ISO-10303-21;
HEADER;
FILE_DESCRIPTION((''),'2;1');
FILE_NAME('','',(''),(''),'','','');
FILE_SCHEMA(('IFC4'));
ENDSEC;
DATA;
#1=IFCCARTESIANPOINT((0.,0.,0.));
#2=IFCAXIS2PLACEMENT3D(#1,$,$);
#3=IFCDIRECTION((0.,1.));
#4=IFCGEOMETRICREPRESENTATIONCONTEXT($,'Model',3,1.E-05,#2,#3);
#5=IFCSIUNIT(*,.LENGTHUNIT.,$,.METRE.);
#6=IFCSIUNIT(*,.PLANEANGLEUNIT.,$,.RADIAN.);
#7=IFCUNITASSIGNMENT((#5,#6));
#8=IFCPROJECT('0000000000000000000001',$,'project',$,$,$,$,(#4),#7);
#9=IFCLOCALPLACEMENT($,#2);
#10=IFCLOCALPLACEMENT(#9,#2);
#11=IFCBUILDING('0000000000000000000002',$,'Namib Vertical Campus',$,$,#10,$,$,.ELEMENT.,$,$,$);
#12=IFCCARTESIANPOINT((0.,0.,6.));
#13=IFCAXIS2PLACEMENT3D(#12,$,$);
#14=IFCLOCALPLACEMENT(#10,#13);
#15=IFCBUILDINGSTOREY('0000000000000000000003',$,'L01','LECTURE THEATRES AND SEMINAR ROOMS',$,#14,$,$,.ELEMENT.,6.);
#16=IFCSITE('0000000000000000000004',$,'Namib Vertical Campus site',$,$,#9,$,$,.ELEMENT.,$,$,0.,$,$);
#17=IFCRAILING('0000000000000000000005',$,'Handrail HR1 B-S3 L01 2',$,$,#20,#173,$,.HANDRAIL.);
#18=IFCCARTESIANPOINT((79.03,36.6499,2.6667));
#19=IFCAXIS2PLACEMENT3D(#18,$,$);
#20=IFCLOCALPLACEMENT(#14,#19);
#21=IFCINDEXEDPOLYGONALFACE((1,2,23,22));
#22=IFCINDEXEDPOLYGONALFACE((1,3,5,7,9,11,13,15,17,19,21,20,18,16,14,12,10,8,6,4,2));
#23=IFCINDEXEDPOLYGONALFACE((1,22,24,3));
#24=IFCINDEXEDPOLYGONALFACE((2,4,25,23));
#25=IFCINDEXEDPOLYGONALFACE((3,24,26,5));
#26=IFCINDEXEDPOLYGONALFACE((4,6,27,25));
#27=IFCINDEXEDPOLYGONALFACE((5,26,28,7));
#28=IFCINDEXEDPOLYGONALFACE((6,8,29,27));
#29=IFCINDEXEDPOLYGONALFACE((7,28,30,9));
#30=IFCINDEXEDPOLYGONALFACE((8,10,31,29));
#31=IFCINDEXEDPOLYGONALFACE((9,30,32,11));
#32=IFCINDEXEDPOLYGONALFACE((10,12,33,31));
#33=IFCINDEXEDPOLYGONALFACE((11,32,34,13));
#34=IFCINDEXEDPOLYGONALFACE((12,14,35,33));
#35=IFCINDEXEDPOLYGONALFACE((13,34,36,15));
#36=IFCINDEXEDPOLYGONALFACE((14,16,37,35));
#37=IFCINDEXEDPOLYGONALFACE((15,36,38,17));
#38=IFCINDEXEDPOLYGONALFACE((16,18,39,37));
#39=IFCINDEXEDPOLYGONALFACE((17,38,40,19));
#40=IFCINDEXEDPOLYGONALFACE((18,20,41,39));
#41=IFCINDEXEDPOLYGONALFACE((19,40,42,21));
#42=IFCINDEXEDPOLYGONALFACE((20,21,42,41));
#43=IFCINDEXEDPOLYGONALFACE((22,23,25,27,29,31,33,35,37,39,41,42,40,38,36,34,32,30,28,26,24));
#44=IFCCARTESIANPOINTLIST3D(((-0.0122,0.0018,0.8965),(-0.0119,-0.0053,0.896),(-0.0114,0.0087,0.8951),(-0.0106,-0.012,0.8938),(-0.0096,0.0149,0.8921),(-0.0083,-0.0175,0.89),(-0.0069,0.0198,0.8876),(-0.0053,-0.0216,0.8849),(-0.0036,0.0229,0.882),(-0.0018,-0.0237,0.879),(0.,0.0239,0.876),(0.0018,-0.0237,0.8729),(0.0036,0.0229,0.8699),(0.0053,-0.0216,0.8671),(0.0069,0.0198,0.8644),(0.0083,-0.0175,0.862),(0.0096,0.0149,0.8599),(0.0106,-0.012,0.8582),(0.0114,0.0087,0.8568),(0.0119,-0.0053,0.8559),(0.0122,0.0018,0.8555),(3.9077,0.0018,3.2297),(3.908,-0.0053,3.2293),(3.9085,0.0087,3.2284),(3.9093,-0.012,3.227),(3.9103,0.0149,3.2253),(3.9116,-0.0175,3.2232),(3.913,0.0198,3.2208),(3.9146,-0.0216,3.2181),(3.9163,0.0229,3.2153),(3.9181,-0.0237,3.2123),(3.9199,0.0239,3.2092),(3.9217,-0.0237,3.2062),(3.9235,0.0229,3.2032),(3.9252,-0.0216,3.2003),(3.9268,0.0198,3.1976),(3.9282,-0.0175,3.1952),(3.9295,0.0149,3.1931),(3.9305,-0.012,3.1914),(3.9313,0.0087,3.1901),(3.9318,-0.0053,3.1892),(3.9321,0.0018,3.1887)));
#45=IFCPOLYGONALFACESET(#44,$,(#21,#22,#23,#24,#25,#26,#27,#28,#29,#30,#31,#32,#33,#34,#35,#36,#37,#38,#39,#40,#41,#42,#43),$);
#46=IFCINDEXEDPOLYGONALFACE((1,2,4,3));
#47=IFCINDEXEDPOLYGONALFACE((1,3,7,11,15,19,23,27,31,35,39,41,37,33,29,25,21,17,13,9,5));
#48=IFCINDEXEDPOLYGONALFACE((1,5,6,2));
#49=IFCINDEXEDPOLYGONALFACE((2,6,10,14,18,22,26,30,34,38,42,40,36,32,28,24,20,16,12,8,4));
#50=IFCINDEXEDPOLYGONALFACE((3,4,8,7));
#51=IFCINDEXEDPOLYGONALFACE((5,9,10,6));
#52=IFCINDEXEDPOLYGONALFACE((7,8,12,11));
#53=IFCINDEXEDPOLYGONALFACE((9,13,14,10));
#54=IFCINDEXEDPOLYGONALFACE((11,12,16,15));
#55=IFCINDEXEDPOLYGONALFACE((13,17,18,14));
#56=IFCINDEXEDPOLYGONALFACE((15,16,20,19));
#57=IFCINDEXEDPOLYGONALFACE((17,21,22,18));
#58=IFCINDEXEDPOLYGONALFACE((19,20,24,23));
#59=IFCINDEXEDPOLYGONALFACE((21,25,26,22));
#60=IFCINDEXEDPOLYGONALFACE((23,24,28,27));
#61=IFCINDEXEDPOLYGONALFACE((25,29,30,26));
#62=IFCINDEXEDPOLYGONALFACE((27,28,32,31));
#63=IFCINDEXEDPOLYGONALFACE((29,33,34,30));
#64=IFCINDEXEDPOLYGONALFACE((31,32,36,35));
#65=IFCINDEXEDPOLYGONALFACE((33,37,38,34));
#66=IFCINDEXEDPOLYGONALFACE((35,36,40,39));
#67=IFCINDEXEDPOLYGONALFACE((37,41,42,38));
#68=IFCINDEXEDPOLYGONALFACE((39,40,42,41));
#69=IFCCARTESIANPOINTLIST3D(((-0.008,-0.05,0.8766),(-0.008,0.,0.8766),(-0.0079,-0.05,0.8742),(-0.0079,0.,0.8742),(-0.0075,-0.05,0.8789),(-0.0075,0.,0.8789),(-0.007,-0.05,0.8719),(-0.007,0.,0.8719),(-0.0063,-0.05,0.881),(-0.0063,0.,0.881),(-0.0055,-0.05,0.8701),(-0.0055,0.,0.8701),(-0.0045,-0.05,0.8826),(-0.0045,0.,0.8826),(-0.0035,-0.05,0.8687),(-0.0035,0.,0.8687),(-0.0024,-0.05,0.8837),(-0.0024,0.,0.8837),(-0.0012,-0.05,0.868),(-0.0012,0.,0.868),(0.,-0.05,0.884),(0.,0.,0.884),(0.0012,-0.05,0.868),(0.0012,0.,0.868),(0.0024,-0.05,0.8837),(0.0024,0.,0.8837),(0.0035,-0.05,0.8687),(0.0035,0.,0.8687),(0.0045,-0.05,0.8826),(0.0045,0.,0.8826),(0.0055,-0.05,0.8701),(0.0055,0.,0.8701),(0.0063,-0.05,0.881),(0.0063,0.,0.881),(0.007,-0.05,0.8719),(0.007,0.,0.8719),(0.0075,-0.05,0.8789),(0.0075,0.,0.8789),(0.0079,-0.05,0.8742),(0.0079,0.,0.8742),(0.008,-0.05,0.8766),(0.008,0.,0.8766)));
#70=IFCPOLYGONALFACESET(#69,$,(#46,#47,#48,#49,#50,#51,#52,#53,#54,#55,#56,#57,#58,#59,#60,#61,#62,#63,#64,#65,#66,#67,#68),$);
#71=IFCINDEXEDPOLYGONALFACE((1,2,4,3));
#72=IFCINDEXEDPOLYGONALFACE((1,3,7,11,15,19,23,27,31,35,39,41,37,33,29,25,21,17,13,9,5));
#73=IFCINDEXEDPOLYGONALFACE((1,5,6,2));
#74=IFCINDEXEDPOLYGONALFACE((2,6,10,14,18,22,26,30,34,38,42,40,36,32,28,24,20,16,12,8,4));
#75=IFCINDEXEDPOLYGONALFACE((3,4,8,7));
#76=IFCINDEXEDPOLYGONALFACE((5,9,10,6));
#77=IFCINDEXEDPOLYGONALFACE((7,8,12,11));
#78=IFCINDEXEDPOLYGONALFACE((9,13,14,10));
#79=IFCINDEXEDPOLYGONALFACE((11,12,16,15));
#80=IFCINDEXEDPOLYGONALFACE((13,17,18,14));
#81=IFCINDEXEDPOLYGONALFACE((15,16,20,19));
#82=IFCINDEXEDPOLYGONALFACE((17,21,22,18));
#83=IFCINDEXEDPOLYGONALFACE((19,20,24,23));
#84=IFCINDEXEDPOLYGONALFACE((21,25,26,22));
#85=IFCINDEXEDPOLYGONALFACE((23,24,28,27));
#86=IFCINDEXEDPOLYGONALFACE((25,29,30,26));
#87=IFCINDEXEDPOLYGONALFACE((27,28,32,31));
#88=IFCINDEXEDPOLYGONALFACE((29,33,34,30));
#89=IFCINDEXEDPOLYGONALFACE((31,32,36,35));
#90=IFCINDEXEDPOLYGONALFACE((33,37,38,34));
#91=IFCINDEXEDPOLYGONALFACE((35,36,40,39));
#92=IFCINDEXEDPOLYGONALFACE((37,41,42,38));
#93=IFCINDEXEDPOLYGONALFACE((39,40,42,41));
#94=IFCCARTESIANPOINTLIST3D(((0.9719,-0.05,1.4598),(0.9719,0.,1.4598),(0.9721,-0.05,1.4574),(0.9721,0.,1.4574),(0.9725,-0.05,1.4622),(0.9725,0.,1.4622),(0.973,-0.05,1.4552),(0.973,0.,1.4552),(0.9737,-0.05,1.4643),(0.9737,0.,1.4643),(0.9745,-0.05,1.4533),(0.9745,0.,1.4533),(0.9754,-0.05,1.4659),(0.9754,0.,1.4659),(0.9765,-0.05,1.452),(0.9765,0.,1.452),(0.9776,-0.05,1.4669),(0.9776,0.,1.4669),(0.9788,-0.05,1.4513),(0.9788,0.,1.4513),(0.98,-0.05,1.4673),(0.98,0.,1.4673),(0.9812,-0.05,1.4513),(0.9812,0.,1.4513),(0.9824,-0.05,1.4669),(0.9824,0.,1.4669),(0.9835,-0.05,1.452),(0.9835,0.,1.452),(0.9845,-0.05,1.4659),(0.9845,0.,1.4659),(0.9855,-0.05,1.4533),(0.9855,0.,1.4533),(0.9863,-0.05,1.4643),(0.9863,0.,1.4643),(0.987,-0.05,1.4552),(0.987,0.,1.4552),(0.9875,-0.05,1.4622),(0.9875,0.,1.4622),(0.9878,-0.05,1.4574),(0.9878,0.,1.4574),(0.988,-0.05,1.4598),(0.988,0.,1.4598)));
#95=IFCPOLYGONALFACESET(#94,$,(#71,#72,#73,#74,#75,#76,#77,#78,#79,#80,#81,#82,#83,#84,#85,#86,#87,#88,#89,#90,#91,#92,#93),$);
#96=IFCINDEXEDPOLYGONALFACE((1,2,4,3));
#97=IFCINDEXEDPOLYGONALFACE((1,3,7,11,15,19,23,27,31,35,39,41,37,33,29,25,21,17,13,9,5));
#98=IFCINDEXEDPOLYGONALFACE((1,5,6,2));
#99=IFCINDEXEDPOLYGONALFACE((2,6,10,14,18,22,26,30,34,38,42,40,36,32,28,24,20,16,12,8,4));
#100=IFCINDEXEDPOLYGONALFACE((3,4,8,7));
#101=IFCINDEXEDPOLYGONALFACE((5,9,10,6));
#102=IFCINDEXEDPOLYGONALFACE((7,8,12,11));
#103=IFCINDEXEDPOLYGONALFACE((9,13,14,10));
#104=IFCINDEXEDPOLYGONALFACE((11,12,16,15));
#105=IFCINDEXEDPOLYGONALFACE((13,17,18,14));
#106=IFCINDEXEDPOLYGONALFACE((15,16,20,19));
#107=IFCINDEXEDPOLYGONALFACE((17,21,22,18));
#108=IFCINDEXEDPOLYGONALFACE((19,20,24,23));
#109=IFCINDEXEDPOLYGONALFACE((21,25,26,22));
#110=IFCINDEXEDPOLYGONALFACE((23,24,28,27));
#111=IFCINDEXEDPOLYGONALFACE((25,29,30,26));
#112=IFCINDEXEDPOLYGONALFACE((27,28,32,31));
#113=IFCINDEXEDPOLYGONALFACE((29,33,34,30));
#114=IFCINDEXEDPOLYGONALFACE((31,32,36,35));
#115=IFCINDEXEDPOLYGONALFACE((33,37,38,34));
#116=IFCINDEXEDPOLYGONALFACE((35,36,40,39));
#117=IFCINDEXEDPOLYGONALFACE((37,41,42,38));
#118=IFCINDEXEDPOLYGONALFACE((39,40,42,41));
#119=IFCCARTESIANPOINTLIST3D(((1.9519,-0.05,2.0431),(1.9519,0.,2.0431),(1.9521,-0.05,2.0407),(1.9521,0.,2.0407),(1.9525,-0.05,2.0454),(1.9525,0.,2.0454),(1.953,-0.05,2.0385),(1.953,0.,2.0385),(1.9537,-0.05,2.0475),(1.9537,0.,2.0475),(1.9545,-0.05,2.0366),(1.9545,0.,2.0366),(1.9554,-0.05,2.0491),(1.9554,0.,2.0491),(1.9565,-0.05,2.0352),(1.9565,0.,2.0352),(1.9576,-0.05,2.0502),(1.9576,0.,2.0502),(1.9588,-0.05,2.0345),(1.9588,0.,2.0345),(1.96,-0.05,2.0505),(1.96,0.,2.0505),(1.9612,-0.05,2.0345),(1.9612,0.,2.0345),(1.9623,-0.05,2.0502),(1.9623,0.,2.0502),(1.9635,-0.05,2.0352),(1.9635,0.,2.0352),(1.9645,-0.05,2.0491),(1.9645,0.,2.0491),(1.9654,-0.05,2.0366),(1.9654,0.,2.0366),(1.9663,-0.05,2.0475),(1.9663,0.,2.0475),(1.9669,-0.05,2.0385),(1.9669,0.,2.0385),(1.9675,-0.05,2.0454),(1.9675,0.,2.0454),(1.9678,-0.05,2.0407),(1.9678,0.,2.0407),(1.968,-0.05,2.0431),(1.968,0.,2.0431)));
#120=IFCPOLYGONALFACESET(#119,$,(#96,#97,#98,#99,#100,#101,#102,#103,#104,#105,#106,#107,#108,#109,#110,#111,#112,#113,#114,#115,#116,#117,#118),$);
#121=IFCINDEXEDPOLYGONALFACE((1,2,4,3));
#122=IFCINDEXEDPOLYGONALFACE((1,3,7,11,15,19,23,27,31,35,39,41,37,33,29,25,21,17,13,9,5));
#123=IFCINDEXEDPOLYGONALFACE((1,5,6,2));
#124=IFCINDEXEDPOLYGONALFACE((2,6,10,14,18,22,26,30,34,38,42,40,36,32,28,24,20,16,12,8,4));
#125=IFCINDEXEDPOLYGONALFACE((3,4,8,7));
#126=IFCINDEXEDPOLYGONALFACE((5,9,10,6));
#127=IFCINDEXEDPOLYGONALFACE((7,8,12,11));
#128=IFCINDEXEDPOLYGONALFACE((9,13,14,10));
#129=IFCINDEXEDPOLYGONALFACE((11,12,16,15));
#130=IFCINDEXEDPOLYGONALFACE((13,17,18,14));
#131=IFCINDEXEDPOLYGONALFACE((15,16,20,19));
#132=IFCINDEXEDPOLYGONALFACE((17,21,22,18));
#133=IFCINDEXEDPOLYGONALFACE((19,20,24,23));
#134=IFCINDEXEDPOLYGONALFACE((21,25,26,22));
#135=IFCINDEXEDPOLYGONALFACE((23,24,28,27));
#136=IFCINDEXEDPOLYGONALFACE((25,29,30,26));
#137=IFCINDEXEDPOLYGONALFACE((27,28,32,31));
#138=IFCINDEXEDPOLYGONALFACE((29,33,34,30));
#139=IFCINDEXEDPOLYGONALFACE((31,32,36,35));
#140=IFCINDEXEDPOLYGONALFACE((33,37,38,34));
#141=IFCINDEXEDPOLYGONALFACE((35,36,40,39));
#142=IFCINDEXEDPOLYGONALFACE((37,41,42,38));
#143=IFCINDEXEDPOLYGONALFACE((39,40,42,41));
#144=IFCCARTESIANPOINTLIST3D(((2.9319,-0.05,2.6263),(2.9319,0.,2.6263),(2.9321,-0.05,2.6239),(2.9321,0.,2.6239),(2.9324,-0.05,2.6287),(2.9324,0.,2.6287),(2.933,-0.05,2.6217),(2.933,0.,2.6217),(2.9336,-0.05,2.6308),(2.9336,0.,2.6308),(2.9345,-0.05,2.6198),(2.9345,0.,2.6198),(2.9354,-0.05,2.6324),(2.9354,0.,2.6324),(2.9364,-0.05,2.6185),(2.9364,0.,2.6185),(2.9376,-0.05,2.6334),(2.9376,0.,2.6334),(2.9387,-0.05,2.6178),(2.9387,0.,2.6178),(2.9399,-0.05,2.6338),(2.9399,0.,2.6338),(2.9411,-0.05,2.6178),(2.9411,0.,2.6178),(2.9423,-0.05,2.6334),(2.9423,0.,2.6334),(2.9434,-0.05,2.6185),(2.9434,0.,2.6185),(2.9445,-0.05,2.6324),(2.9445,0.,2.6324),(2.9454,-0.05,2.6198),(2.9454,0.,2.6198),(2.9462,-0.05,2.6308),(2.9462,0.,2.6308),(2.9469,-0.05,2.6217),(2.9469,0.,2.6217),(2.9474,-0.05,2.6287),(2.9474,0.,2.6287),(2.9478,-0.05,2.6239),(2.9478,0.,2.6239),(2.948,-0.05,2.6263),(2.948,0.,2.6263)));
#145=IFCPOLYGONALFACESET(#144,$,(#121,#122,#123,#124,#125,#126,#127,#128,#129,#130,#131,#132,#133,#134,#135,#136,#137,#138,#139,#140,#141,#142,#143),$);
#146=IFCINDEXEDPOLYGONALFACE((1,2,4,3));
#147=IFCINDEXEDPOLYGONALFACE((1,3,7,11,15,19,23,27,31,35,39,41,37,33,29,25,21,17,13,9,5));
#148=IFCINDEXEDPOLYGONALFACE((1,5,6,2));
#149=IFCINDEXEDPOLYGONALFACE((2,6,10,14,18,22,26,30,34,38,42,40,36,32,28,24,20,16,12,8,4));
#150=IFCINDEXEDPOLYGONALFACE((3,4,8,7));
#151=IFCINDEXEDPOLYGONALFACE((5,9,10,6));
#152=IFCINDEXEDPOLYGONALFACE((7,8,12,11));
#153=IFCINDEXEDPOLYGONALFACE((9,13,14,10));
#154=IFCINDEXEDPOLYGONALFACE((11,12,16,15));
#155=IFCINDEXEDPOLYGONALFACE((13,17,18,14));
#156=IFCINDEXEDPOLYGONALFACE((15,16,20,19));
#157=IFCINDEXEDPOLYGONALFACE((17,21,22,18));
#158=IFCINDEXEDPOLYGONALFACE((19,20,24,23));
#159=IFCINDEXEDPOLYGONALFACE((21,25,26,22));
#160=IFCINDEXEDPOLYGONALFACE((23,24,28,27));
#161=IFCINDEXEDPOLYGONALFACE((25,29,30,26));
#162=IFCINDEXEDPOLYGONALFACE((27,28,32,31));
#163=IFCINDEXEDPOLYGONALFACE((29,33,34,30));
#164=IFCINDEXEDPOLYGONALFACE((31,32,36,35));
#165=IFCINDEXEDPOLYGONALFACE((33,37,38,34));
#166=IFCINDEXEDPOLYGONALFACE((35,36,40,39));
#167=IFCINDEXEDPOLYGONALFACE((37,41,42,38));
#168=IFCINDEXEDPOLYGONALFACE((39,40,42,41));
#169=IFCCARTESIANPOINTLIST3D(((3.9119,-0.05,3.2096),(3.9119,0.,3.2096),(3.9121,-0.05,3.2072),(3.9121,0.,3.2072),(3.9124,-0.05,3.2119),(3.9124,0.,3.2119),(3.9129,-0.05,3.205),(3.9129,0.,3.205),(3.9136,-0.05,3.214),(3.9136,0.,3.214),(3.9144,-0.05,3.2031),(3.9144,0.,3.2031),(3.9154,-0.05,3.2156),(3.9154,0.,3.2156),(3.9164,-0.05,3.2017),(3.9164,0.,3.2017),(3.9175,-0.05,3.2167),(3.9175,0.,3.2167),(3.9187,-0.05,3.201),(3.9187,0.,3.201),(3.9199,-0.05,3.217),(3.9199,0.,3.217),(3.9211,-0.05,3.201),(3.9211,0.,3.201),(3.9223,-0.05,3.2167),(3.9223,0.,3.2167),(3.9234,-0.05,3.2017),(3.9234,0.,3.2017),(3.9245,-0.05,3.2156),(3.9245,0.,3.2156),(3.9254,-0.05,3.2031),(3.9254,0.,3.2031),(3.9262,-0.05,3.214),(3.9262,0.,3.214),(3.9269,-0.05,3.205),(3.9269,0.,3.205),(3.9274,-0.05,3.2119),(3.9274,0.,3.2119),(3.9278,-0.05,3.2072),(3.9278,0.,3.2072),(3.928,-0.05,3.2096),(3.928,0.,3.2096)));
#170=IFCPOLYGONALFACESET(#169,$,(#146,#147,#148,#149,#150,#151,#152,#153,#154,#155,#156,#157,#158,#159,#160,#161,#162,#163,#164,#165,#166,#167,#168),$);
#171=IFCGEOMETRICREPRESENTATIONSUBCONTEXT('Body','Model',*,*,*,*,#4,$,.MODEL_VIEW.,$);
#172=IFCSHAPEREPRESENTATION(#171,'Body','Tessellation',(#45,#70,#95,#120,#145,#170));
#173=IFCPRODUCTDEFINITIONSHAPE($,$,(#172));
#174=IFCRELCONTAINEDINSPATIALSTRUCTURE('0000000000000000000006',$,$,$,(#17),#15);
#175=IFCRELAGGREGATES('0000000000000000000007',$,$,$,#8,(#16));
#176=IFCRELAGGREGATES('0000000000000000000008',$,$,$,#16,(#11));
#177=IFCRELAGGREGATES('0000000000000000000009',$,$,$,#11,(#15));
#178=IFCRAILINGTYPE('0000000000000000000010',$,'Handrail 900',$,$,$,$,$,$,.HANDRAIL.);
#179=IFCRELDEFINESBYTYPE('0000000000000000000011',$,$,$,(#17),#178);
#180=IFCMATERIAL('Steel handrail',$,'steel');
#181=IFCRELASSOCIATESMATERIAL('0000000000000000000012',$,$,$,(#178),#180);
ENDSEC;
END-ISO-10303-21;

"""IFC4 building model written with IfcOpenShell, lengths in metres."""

from ifc_helpers import new_model, si_unit, direction, frame, origin, origin_2d, place, context, subcontext, project, spatial, circle, extrude, material, type_object, element, save


model = new_model("IFC4")

# Units and contexts
model_context = context("Model", 3, precision=1e-05, world=origin(), true_north=direction((0.0, 1.0)))
body_context = subcontext(model_context, "Body", "Model", "MODEL_VIEW")
ifc_project = project(units=[si_unit("LENGTHUNIT", "METRE"), si_unit("PLANEANGLEUNIT", "RADIAN")], contexts=[model_context])

# Site, building, storey
site_placement = place(None, origin())
site = spatial("IfcSite", under=ifc_project, at=site_placement, Name="Namib Vertical Campus site", CompositionType="ELEMENT", RefElevation=0.0)
building_placement = place(site_placement, origin())
building = spatial("IfcBuilding", under=site, at=building_placement, Name="Namib Vertical Campus", CompositionType="ELEMENT")
storey_placement = place(building_placement, frame((0.0, 0.0, 6.0)))
storey = spatial("IfcBuildingStorey", under=building, at=storey_placement, Name="L01", Description="LECTURE THEATRES AND SEMINAR ROOMS", CompositionType="ELEMENT", Elevation=6.0)

# Railing
ifc_material_1 = material(Name="Steel handrail", Category="steel")
railing_type_1 = type_object("IfcRailingType", Name="Handrail 900", PredefinedType="HANDRAIL", material=ifc_material_1)
railing_1_placement = place(storey_placement, frame((79.03, 36.6499, 2.6667)))
element("IfcRailing", 1, at=railing_1_placement, inside=storey, type_object=railing_type_1, Name="Handrail HR1 B-S3 L01 2", PredefinedType="HANDRAIL", context=body_context, shape_type="SweptSolid", body=[
    extrude(circle(Radius=0.0239, at=origin_2d()), frame((0.0, 0.0, 0.876), z_axis=(0.859296, 0.0, 0.511478), x_axis=(0.0, 1.0, 0.0)), (0.0, 0.0, 1.0), 4.5618),
    extrude(circle(Radius=0.0081, at=origin_2d()), frame((0.0, 0.0, 0.876), z_axis=(0.0, -1.0, 0.0), x_axis=(0.0, 0.0, 1.0)), (0.0, 0.0, 1.0), 0.05),
    extrude(circle(Radius=0.0081, at=origin_2d()), frame((0.98, 0.0, 1.4592), z_axis=(0.0, -1.0, 0.0), x_axis=(0.0, 0.0, 1.0)), (0.0, 0.0, 1.0), 0.05),
    extrude(circle(Radius=0.0081, at=origin_2d()), frame((1.96, 0.0, 2.0425), z_axis=(0.0, -1.0, 0.0), x_axis=(0.0, 0.0, 1.0)), (0.0, 0.0, 1.0), 0.05),
    extrude(circle(Radius=0.0081, at=origin_2d()), frame((2.9399, 0.0, 2.6257), z_axis=(0.0, -1.0, 0.0), x_axis=(0.0, 0.0, 1.0)), (0.0, 0.0, 1.0), 0.05),
    extrude(circle(Radius=0.0081, at=origin_2d()), frame((3.9199, 0.0, 3.209), z_axis=(0.0, -1.0, 0.0), x_axis=(0.0, 0.0, 1.0)), (0.0, 0.0, 1.0), 0.05),
])

save(model, "model.ifc")
